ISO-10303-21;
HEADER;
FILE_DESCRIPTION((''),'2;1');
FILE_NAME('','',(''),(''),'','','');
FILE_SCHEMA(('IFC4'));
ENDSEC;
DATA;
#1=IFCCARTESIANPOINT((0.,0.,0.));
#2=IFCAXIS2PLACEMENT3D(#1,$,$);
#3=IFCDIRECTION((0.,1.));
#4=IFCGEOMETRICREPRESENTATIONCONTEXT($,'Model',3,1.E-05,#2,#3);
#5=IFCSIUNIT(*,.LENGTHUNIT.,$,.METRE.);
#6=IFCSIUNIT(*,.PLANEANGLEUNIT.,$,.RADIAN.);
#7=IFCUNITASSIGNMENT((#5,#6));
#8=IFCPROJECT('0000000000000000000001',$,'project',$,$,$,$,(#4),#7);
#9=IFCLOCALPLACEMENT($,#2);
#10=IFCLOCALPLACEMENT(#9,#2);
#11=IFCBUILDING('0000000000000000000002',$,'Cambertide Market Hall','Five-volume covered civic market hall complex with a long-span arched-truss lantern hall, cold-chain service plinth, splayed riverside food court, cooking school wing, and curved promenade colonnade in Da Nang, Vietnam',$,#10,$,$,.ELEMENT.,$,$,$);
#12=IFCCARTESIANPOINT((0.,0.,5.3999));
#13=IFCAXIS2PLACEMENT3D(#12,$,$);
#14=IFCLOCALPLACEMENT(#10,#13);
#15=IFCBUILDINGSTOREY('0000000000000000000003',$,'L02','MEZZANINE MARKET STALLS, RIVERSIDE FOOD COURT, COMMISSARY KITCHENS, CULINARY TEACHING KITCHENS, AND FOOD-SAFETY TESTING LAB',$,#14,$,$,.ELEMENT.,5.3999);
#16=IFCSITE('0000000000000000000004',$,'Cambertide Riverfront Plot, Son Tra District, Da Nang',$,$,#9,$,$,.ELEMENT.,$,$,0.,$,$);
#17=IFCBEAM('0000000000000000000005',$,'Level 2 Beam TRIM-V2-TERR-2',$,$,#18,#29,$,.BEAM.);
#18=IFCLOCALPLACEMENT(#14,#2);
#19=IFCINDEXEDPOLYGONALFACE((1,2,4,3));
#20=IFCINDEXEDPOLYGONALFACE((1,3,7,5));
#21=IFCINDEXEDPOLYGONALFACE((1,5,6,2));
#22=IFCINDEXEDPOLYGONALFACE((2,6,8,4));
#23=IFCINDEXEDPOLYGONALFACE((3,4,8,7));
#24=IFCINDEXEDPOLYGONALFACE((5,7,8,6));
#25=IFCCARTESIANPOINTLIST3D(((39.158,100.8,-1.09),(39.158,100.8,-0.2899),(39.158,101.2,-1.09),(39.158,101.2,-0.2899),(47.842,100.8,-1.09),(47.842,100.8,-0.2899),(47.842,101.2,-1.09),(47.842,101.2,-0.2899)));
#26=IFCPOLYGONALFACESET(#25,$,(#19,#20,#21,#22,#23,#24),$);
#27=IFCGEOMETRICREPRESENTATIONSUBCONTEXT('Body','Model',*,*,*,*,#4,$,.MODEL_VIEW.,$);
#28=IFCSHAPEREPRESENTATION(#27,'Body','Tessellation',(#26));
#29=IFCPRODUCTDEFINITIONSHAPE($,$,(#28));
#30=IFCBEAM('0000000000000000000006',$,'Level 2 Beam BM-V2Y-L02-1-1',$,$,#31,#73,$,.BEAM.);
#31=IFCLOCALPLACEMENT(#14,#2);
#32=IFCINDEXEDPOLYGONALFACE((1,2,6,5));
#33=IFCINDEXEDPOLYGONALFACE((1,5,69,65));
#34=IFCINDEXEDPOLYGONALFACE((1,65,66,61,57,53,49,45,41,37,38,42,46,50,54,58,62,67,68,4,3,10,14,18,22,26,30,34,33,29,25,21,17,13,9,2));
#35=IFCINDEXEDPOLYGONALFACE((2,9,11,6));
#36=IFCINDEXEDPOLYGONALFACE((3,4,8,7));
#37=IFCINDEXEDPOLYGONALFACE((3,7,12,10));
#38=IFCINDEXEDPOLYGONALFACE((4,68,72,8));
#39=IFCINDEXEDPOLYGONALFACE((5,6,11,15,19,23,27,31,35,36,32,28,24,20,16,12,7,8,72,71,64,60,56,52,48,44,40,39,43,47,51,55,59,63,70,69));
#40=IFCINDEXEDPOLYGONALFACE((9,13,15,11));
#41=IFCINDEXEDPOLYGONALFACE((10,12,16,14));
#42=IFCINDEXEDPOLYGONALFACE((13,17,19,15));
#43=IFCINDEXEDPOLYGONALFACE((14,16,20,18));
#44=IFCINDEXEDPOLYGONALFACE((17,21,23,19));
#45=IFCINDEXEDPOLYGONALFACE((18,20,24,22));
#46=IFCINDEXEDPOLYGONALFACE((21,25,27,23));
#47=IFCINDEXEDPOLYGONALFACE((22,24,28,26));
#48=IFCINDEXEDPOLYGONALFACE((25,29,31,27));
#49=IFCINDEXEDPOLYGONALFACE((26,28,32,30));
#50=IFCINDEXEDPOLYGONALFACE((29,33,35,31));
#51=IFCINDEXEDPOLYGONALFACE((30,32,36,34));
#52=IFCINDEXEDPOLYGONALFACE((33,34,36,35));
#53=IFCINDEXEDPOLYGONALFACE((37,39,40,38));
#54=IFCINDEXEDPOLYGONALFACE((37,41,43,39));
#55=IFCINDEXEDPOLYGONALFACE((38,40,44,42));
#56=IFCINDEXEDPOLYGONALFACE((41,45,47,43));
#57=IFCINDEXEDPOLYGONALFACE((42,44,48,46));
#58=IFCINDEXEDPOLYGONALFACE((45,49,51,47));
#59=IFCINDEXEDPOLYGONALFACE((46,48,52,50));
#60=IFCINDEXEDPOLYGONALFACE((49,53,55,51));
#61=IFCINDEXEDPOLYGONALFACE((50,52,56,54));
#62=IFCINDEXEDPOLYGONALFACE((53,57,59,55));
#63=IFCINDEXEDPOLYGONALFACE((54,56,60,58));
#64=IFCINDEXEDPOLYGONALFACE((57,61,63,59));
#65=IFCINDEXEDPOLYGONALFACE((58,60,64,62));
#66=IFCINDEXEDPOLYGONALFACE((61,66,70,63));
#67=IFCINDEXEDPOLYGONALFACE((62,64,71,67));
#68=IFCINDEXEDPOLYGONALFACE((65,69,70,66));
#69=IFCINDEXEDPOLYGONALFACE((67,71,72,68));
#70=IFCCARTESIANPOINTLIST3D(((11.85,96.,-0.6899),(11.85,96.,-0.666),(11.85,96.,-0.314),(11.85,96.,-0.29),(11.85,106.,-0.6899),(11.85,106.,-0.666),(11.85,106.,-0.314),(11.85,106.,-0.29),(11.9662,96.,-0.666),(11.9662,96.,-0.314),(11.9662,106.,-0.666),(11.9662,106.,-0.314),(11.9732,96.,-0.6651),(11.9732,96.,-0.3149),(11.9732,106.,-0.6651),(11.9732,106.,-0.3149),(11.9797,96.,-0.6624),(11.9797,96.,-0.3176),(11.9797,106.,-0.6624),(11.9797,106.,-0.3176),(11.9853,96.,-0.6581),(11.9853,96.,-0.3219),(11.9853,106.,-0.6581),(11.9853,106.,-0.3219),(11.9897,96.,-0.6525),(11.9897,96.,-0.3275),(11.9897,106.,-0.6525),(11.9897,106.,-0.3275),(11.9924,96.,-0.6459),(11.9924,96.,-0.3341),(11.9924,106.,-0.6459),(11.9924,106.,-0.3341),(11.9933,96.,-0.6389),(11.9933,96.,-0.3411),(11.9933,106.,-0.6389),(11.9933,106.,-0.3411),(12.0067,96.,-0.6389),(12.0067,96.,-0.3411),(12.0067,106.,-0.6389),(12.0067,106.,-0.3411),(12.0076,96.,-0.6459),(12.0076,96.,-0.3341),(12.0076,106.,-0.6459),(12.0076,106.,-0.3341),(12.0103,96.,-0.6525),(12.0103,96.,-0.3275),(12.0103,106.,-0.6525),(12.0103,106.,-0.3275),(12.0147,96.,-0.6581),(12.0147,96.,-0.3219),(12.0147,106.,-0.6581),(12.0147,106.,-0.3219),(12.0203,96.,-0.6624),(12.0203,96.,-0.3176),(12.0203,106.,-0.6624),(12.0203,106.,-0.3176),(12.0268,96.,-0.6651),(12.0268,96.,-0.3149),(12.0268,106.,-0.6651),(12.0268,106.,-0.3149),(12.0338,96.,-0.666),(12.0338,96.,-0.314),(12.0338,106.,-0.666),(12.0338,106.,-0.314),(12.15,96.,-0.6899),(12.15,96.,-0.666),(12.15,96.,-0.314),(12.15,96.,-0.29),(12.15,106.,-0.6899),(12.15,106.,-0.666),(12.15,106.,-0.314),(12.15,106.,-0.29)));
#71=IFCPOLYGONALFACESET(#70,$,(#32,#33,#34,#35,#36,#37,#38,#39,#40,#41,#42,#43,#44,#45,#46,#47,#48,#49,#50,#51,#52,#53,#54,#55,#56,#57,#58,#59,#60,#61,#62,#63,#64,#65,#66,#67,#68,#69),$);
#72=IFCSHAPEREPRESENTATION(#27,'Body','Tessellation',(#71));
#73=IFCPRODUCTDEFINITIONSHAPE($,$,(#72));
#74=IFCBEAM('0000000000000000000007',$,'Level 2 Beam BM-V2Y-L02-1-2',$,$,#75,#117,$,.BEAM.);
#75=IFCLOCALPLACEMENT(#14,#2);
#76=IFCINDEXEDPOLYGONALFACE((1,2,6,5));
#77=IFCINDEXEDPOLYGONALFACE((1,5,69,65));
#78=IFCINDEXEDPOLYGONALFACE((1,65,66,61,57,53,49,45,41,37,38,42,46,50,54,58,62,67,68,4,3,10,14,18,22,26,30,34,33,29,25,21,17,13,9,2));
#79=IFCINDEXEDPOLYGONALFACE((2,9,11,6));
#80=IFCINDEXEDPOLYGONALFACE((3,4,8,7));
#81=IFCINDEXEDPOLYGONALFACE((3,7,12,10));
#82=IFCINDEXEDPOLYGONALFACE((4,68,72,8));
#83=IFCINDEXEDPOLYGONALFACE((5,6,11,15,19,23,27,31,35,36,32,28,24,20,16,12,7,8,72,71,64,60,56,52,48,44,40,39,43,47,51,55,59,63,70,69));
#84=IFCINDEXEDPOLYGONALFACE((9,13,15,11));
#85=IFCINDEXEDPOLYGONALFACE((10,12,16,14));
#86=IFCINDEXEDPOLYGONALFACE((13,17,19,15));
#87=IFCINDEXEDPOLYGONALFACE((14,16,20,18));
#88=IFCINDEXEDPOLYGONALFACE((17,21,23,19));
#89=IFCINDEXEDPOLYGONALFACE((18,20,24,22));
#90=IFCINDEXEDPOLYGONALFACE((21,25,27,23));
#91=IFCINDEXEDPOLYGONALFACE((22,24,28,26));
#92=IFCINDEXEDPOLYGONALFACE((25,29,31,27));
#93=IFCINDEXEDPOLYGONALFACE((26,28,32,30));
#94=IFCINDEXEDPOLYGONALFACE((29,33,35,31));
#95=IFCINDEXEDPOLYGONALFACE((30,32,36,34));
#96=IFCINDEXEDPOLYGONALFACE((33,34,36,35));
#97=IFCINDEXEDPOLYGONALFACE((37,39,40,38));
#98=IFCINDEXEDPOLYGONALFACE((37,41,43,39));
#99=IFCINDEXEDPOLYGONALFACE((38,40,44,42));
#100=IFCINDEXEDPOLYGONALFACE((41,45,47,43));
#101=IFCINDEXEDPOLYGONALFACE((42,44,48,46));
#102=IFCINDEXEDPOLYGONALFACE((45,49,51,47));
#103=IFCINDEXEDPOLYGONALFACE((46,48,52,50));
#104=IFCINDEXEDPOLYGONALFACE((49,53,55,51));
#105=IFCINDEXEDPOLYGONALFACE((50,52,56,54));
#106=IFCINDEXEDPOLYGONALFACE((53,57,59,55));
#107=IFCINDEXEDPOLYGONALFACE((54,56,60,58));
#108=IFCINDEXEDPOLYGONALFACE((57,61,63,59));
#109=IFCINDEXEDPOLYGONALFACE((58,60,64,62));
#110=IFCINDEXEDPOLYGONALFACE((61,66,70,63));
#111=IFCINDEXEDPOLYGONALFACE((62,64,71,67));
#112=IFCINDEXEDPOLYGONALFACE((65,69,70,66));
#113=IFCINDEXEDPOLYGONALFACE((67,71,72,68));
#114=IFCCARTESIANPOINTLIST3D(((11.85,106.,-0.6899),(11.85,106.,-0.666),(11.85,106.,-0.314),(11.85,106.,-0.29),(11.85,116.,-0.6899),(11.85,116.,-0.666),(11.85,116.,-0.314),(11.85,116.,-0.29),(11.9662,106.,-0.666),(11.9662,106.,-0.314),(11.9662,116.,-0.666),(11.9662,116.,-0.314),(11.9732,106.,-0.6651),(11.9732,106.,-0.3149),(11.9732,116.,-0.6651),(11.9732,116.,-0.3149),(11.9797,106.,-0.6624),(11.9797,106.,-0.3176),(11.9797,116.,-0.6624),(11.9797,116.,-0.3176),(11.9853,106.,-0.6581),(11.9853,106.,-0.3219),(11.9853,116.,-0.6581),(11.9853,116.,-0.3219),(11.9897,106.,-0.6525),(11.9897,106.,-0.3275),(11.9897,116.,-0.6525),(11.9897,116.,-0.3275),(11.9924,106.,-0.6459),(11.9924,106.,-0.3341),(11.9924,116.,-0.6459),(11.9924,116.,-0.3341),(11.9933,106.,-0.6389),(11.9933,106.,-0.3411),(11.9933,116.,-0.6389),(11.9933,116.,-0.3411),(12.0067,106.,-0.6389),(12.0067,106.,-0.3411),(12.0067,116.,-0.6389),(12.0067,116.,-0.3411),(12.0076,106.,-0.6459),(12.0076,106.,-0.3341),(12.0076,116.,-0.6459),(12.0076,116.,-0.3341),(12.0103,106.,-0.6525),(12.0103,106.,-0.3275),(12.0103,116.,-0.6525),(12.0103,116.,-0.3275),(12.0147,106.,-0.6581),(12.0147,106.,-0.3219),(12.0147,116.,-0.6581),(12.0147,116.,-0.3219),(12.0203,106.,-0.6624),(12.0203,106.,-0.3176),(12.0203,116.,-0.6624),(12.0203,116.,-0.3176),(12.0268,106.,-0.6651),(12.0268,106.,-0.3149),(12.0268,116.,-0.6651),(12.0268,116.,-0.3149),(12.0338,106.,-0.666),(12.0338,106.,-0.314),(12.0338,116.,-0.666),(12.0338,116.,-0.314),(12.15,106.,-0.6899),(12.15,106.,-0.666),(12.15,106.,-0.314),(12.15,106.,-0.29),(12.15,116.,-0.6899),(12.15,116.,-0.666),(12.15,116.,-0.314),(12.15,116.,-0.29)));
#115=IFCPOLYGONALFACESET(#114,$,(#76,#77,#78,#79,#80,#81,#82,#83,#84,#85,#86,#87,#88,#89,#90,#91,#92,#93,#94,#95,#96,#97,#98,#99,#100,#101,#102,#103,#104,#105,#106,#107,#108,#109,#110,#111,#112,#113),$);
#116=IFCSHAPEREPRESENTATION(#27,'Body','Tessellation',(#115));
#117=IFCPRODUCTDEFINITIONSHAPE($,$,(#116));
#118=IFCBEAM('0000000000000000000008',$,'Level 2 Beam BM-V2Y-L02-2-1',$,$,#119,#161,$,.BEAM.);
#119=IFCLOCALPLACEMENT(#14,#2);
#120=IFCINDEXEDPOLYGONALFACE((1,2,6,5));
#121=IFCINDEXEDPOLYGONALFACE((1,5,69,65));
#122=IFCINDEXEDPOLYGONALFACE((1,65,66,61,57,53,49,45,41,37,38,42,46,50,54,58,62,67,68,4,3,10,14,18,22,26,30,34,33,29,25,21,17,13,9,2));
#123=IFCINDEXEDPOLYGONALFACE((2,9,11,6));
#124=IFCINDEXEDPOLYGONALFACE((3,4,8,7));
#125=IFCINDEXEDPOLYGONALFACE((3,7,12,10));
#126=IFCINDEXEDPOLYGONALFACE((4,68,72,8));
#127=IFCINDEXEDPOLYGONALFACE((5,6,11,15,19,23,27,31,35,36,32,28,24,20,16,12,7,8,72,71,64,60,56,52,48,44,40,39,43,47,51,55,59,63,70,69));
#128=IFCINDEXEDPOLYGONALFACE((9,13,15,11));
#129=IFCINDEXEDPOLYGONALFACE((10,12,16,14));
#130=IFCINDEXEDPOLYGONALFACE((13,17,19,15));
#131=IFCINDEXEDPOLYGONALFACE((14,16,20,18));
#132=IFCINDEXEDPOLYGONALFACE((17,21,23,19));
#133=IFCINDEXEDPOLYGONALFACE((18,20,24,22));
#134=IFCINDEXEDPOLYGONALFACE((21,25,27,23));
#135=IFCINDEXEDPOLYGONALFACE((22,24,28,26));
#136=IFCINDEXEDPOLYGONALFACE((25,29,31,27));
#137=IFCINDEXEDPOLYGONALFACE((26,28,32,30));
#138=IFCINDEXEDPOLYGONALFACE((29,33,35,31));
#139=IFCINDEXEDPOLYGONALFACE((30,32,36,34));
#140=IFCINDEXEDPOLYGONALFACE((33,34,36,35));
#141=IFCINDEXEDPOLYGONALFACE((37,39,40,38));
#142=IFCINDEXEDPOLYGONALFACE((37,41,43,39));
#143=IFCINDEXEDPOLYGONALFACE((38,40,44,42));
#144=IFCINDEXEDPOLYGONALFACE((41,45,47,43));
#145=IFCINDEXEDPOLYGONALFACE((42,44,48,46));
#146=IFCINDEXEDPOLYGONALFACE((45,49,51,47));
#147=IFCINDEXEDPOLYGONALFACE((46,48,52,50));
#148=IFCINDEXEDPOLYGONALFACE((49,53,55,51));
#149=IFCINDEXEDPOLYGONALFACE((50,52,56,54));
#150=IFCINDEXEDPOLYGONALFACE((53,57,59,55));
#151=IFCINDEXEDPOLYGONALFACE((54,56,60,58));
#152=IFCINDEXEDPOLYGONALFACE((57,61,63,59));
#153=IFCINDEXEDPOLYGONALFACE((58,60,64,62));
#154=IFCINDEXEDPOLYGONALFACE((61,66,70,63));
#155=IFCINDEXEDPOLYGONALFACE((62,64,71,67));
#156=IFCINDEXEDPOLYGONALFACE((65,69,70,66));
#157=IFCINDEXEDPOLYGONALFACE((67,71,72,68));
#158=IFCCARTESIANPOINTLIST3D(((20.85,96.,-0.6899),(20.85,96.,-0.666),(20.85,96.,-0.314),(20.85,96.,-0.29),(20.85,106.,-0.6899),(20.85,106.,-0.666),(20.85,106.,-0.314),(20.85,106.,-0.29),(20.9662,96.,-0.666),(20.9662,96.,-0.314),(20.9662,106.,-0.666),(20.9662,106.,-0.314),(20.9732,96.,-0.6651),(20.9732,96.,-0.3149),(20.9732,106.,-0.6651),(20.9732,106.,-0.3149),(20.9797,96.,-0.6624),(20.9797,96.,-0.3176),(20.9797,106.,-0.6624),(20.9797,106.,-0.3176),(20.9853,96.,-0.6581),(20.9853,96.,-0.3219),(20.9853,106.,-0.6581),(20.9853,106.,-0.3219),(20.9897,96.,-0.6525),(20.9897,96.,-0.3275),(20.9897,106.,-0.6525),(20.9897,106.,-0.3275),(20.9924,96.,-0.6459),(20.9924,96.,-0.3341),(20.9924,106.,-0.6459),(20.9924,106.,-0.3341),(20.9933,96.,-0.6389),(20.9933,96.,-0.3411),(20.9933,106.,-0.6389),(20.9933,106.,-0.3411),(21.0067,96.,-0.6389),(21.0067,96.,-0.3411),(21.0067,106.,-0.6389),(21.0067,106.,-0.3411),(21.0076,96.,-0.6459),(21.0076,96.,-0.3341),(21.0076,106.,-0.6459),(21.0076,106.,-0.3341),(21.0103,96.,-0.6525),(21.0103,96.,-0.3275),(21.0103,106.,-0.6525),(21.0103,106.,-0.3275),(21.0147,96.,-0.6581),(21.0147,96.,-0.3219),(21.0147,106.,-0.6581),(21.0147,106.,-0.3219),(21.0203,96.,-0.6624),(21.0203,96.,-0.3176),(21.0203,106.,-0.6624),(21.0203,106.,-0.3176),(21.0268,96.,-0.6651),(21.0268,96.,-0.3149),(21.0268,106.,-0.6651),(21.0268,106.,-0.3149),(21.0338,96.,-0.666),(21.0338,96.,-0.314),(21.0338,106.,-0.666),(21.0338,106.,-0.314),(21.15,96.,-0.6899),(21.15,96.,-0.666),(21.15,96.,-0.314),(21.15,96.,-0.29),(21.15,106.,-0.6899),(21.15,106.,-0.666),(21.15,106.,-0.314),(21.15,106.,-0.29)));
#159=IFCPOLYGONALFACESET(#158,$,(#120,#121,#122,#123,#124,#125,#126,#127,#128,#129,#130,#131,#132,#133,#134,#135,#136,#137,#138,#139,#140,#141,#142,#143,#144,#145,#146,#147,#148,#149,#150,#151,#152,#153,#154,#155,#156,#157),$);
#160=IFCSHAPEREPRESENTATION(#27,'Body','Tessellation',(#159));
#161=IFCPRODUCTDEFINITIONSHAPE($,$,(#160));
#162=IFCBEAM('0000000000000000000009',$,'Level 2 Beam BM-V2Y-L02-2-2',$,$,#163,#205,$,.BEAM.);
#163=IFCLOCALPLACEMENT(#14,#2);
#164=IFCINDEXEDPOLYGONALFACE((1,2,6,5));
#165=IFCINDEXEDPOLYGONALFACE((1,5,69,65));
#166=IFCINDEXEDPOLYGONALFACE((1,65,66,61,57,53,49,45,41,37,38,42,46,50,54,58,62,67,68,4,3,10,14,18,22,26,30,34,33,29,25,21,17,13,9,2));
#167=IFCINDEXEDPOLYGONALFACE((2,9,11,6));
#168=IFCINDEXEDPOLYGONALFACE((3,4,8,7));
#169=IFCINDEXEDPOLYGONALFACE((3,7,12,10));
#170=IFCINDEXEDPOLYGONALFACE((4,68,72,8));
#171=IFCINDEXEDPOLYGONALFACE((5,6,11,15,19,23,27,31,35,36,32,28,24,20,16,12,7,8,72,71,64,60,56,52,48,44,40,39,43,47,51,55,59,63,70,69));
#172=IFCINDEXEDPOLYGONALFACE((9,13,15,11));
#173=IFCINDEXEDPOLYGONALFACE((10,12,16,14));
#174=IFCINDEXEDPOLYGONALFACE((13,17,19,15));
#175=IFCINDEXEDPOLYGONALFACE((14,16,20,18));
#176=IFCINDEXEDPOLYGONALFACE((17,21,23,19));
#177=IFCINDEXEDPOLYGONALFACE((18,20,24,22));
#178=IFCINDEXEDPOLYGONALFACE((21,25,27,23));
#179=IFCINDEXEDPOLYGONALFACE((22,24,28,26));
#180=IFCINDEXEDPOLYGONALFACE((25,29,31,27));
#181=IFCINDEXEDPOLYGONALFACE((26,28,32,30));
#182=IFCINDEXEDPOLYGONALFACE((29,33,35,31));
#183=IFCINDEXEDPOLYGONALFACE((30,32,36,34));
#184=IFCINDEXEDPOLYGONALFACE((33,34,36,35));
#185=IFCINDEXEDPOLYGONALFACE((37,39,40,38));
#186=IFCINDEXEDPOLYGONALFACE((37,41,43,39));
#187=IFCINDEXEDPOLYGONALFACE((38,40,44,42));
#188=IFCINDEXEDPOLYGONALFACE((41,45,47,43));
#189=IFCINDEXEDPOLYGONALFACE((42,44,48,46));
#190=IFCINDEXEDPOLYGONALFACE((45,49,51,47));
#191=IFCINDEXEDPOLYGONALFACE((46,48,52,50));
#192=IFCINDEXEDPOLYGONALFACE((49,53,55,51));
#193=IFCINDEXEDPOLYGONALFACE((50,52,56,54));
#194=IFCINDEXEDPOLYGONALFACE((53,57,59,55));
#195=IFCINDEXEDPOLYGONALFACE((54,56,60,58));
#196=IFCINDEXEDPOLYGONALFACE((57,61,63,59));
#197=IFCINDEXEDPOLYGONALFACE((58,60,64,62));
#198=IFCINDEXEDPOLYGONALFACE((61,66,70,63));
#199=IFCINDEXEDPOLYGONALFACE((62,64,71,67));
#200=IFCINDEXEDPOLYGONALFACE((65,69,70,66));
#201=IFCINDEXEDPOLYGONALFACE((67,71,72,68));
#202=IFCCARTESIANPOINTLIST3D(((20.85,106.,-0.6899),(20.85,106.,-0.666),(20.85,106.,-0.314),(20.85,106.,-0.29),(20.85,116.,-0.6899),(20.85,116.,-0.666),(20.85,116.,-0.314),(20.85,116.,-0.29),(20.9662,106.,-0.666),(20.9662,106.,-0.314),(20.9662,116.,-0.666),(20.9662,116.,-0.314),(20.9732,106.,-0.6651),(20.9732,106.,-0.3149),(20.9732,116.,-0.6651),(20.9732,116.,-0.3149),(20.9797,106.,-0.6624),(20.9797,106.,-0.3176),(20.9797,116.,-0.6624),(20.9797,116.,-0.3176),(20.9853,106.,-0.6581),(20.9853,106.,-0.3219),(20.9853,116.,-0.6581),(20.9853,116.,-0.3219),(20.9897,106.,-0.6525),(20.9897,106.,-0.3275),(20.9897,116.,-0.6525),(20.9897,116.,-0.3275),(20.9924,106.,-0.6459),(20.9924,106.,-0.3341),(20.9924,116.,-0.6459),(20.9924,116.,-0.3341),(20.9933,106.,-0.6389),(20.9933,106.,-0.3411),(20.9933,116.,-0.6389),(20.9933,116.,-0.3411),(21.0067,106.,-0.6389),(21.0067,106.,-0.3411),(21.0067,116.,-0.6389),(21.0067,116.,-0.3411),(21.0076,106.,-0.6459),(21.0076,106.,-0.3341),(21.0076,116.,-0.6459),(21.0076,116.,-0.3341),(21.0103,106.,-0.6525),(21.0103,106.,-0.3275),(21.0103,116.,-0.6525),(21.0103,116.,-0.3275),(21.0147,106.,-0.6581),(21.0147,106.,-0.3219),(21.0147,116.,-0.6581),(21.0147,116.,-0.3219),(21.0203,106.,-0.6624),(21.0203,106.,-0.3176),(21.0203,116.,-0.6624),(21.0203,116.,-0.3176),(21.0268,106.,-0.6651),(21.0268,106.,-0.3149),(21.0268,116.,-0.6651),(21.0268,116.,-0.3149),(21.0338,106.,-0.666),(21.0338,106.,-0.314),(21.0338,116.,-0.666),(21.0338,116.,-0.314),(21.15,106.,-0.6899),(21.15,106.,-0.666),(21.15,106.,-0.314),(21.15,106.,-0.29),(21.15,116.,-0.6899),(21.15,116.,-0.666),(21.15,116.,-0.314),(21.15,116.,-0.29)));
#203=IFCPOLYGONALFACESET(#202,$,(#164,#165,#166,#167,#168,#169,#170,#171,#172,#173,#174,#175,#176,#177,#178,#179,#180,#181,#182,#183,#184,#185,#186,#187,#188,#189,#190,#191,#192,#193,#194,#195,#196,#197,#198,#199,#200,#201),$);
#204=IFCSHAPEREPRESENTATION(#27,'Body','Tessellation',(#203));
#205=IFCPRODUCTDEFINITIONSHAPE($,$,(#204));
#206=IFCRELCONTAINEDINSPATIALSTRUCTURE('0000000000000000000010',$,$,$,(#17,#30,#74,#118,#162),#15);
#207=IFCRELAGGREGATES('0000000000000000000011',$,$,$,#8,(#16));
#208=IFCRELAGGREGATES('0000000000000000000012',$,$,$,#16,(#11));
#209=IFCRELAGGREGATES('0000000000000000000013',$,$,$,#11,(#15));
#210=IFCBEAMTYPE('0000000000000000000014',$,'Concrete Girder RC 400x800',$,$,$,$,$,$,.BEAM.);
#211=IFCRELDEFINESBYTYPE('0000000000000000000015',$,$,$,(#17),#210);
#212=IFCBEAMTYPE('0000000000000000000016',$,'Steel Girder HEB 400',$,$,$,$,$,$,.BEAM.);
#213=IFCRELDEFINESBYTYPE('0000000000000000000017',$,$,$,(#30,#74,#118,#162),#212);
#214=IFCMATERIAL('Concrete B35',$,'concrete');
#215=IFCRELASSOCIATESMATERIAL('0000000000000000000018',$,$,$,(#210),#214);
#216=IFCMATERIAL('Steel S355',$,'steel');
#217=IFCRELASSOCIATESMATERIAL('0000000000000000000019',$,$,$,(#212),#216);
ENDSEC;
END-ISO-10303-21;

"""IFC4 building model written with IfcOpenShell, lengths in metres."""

from ifc_helpers import new_model, si_unit, direction, frame, origin, origin_2d, place, context, subcontext, project, spatial, rectangle, i_section, extrude, material, material_profile, profile_set, type_object, element, save


model = new_model("IFC4")

# Units and contexts
model_context = context("Model", 3, precision=1e-05, world=origin(), true_north=direction((0.0, 1.0)))
body_context = subcontext(model_context, "Body", "Model", "MODEL_VIEW")
ifc_project = project(units=[si_unit("LENGTHUNIT", "METRE"), si_unit("PLANEANGLEUNIT", "RADIAN")], contexts=[model_context])

# Site, building, storey
site_placement = place(None, origin())
site = spatial("IfcSite", under=ifc_project, at=site_placement, Name="Cambertide Riverfront Plot, Son Tra District, Da Nang", CompositionType="ELEMENT", RefElevation=0.0)
building_placement = place(site_placement, origin())
building = spatial("IfcBuilding", under=site, at=building_placement, Name="Cambertide Market Hall", Description="Five-volume covered civic market hall complex with a long-span arched-truss lantern hall, cold-chain service plinth, splayed riverside food court, cooking school wing, and curved promenade colonnade in Da Nang, Vietnam", CompositionType="ELEMENT")
storey_placement = place(building_placement, frame((0.0, 0.0, 5.3999)))
storey = spatial("IfcBuildingStorey", under=building, at=storey_placement, Name="L02", Description="MEZZANINE MARKET STALLS, RIVERSIDE FOOD COURT, COMMISSARY KITCHENS, CULINARY TEACHING KITCHENS, AND FOOD-SAFETY TESTING LAB", CompositionType="ELEMENT", Elevation=5.3999)

# Beams
ifc_material_1 = material(Name="Concrete B35", Category="concrete")
ifc_material_profile_1 = material_profile(ifc_material_1, rectangle(XDim=0.3999, YDim=0.8, at=origin_2d()), Name="RC 400x800")
ifc_profile_set_1 = profile_set([ifc_material_profile_1], Name="Concrete B35")
beam_type_1 = type_object("IfcBeamType", Name="Concrete Girder RC 400x800", PredefinedType="BEAM", material=ifc_profile_set_1)
beam_1_placement = place(storey_placement, frame((39.158, 101.0, -0.6899), z_axis=(1.0, 0.0, 0.0), x_axis=(0.0, 1.0, 0.0)))
element("IfcBeam", 1, at=beam_1_placement, inside=storey, type_object=beam_type_1, Name="Level 2 Beam TRIM-V2-TERR-2", PredefinedType="BEAM", context=body_context, shape_type="SweptSolid", body=[
    extrude(rectangle(XDim=0.3999, YDim=0.8, at=origin_2d()), origin(), (0.0, 0.0, 1.0), 8.6841),
])
ifc_material_2 = material(Name="Steel S355", Category="steel")
ifc_material_profile_2 = material_profile(ifc_material_2, i_section(OverallWidth=0.3, OverallDepth=0.3999, WebThickness=0.0134, FlangeThickness=0.0239, FilletRadius=0.0271, at=origin_2d()), Name="HEB 400")
ifc_profile_set_2 = profile_set([ifc_material_profile_2], Name="Steel S355")
beam_type_2 = type_object("IfcBeamType", Name="Steel Girder HEB 400", PredefinedType="BEAM", material=ifc_profile_set_2)
for number, where, z_axis, x_axis, name in (
    (2, (12.0, 96.0, -0.49), (0.0, 1.0, 0.0), (-1.0, 0.0, 0.0), "Level 2 Beam BM-V2Y-L02-1-1"),
    (3, (12.0, 106.0, -0.49), (0.0, 1.0, 0.0), (-1.0, 0.0, 0.0), "Level 2 Beam BM-V2Y-L02-1-2"),
    (4, (21.0, 96.0, -0.49), (0.0, 1.0, 0.0), (-1.0, 0.0, 0.0), "Level 2 Beam BM-V2Y-L02-2-1"),
    (5, (21.0, 106.0, -0.49), (0.0, 1.0, 0.0), (-1.0, 0.0, 0.0), "Level 2 Beam BM-V2Y-L02-2-2"),
):
    element("IfcBeam", number, at=place(storey_placement, frame(where, z_axis=z_axis, x_axis=x_axis)), inside=storey, type_object=beam_type_2, Name=name, PredefinedType="BEAM", context=body_context, shape_type="SweptSolid", body=[
        extrude(i_section(OverallWidth=0.3, OverallDepth=0.3999, WebThickness=0.0134, FlangeThickness=0.0239, FilletRadius=0.0271, at=origin_2d()), origin(), (0.0, 0.0, 1.0), 10.0),
    ])

save(model, "model.ifc")
